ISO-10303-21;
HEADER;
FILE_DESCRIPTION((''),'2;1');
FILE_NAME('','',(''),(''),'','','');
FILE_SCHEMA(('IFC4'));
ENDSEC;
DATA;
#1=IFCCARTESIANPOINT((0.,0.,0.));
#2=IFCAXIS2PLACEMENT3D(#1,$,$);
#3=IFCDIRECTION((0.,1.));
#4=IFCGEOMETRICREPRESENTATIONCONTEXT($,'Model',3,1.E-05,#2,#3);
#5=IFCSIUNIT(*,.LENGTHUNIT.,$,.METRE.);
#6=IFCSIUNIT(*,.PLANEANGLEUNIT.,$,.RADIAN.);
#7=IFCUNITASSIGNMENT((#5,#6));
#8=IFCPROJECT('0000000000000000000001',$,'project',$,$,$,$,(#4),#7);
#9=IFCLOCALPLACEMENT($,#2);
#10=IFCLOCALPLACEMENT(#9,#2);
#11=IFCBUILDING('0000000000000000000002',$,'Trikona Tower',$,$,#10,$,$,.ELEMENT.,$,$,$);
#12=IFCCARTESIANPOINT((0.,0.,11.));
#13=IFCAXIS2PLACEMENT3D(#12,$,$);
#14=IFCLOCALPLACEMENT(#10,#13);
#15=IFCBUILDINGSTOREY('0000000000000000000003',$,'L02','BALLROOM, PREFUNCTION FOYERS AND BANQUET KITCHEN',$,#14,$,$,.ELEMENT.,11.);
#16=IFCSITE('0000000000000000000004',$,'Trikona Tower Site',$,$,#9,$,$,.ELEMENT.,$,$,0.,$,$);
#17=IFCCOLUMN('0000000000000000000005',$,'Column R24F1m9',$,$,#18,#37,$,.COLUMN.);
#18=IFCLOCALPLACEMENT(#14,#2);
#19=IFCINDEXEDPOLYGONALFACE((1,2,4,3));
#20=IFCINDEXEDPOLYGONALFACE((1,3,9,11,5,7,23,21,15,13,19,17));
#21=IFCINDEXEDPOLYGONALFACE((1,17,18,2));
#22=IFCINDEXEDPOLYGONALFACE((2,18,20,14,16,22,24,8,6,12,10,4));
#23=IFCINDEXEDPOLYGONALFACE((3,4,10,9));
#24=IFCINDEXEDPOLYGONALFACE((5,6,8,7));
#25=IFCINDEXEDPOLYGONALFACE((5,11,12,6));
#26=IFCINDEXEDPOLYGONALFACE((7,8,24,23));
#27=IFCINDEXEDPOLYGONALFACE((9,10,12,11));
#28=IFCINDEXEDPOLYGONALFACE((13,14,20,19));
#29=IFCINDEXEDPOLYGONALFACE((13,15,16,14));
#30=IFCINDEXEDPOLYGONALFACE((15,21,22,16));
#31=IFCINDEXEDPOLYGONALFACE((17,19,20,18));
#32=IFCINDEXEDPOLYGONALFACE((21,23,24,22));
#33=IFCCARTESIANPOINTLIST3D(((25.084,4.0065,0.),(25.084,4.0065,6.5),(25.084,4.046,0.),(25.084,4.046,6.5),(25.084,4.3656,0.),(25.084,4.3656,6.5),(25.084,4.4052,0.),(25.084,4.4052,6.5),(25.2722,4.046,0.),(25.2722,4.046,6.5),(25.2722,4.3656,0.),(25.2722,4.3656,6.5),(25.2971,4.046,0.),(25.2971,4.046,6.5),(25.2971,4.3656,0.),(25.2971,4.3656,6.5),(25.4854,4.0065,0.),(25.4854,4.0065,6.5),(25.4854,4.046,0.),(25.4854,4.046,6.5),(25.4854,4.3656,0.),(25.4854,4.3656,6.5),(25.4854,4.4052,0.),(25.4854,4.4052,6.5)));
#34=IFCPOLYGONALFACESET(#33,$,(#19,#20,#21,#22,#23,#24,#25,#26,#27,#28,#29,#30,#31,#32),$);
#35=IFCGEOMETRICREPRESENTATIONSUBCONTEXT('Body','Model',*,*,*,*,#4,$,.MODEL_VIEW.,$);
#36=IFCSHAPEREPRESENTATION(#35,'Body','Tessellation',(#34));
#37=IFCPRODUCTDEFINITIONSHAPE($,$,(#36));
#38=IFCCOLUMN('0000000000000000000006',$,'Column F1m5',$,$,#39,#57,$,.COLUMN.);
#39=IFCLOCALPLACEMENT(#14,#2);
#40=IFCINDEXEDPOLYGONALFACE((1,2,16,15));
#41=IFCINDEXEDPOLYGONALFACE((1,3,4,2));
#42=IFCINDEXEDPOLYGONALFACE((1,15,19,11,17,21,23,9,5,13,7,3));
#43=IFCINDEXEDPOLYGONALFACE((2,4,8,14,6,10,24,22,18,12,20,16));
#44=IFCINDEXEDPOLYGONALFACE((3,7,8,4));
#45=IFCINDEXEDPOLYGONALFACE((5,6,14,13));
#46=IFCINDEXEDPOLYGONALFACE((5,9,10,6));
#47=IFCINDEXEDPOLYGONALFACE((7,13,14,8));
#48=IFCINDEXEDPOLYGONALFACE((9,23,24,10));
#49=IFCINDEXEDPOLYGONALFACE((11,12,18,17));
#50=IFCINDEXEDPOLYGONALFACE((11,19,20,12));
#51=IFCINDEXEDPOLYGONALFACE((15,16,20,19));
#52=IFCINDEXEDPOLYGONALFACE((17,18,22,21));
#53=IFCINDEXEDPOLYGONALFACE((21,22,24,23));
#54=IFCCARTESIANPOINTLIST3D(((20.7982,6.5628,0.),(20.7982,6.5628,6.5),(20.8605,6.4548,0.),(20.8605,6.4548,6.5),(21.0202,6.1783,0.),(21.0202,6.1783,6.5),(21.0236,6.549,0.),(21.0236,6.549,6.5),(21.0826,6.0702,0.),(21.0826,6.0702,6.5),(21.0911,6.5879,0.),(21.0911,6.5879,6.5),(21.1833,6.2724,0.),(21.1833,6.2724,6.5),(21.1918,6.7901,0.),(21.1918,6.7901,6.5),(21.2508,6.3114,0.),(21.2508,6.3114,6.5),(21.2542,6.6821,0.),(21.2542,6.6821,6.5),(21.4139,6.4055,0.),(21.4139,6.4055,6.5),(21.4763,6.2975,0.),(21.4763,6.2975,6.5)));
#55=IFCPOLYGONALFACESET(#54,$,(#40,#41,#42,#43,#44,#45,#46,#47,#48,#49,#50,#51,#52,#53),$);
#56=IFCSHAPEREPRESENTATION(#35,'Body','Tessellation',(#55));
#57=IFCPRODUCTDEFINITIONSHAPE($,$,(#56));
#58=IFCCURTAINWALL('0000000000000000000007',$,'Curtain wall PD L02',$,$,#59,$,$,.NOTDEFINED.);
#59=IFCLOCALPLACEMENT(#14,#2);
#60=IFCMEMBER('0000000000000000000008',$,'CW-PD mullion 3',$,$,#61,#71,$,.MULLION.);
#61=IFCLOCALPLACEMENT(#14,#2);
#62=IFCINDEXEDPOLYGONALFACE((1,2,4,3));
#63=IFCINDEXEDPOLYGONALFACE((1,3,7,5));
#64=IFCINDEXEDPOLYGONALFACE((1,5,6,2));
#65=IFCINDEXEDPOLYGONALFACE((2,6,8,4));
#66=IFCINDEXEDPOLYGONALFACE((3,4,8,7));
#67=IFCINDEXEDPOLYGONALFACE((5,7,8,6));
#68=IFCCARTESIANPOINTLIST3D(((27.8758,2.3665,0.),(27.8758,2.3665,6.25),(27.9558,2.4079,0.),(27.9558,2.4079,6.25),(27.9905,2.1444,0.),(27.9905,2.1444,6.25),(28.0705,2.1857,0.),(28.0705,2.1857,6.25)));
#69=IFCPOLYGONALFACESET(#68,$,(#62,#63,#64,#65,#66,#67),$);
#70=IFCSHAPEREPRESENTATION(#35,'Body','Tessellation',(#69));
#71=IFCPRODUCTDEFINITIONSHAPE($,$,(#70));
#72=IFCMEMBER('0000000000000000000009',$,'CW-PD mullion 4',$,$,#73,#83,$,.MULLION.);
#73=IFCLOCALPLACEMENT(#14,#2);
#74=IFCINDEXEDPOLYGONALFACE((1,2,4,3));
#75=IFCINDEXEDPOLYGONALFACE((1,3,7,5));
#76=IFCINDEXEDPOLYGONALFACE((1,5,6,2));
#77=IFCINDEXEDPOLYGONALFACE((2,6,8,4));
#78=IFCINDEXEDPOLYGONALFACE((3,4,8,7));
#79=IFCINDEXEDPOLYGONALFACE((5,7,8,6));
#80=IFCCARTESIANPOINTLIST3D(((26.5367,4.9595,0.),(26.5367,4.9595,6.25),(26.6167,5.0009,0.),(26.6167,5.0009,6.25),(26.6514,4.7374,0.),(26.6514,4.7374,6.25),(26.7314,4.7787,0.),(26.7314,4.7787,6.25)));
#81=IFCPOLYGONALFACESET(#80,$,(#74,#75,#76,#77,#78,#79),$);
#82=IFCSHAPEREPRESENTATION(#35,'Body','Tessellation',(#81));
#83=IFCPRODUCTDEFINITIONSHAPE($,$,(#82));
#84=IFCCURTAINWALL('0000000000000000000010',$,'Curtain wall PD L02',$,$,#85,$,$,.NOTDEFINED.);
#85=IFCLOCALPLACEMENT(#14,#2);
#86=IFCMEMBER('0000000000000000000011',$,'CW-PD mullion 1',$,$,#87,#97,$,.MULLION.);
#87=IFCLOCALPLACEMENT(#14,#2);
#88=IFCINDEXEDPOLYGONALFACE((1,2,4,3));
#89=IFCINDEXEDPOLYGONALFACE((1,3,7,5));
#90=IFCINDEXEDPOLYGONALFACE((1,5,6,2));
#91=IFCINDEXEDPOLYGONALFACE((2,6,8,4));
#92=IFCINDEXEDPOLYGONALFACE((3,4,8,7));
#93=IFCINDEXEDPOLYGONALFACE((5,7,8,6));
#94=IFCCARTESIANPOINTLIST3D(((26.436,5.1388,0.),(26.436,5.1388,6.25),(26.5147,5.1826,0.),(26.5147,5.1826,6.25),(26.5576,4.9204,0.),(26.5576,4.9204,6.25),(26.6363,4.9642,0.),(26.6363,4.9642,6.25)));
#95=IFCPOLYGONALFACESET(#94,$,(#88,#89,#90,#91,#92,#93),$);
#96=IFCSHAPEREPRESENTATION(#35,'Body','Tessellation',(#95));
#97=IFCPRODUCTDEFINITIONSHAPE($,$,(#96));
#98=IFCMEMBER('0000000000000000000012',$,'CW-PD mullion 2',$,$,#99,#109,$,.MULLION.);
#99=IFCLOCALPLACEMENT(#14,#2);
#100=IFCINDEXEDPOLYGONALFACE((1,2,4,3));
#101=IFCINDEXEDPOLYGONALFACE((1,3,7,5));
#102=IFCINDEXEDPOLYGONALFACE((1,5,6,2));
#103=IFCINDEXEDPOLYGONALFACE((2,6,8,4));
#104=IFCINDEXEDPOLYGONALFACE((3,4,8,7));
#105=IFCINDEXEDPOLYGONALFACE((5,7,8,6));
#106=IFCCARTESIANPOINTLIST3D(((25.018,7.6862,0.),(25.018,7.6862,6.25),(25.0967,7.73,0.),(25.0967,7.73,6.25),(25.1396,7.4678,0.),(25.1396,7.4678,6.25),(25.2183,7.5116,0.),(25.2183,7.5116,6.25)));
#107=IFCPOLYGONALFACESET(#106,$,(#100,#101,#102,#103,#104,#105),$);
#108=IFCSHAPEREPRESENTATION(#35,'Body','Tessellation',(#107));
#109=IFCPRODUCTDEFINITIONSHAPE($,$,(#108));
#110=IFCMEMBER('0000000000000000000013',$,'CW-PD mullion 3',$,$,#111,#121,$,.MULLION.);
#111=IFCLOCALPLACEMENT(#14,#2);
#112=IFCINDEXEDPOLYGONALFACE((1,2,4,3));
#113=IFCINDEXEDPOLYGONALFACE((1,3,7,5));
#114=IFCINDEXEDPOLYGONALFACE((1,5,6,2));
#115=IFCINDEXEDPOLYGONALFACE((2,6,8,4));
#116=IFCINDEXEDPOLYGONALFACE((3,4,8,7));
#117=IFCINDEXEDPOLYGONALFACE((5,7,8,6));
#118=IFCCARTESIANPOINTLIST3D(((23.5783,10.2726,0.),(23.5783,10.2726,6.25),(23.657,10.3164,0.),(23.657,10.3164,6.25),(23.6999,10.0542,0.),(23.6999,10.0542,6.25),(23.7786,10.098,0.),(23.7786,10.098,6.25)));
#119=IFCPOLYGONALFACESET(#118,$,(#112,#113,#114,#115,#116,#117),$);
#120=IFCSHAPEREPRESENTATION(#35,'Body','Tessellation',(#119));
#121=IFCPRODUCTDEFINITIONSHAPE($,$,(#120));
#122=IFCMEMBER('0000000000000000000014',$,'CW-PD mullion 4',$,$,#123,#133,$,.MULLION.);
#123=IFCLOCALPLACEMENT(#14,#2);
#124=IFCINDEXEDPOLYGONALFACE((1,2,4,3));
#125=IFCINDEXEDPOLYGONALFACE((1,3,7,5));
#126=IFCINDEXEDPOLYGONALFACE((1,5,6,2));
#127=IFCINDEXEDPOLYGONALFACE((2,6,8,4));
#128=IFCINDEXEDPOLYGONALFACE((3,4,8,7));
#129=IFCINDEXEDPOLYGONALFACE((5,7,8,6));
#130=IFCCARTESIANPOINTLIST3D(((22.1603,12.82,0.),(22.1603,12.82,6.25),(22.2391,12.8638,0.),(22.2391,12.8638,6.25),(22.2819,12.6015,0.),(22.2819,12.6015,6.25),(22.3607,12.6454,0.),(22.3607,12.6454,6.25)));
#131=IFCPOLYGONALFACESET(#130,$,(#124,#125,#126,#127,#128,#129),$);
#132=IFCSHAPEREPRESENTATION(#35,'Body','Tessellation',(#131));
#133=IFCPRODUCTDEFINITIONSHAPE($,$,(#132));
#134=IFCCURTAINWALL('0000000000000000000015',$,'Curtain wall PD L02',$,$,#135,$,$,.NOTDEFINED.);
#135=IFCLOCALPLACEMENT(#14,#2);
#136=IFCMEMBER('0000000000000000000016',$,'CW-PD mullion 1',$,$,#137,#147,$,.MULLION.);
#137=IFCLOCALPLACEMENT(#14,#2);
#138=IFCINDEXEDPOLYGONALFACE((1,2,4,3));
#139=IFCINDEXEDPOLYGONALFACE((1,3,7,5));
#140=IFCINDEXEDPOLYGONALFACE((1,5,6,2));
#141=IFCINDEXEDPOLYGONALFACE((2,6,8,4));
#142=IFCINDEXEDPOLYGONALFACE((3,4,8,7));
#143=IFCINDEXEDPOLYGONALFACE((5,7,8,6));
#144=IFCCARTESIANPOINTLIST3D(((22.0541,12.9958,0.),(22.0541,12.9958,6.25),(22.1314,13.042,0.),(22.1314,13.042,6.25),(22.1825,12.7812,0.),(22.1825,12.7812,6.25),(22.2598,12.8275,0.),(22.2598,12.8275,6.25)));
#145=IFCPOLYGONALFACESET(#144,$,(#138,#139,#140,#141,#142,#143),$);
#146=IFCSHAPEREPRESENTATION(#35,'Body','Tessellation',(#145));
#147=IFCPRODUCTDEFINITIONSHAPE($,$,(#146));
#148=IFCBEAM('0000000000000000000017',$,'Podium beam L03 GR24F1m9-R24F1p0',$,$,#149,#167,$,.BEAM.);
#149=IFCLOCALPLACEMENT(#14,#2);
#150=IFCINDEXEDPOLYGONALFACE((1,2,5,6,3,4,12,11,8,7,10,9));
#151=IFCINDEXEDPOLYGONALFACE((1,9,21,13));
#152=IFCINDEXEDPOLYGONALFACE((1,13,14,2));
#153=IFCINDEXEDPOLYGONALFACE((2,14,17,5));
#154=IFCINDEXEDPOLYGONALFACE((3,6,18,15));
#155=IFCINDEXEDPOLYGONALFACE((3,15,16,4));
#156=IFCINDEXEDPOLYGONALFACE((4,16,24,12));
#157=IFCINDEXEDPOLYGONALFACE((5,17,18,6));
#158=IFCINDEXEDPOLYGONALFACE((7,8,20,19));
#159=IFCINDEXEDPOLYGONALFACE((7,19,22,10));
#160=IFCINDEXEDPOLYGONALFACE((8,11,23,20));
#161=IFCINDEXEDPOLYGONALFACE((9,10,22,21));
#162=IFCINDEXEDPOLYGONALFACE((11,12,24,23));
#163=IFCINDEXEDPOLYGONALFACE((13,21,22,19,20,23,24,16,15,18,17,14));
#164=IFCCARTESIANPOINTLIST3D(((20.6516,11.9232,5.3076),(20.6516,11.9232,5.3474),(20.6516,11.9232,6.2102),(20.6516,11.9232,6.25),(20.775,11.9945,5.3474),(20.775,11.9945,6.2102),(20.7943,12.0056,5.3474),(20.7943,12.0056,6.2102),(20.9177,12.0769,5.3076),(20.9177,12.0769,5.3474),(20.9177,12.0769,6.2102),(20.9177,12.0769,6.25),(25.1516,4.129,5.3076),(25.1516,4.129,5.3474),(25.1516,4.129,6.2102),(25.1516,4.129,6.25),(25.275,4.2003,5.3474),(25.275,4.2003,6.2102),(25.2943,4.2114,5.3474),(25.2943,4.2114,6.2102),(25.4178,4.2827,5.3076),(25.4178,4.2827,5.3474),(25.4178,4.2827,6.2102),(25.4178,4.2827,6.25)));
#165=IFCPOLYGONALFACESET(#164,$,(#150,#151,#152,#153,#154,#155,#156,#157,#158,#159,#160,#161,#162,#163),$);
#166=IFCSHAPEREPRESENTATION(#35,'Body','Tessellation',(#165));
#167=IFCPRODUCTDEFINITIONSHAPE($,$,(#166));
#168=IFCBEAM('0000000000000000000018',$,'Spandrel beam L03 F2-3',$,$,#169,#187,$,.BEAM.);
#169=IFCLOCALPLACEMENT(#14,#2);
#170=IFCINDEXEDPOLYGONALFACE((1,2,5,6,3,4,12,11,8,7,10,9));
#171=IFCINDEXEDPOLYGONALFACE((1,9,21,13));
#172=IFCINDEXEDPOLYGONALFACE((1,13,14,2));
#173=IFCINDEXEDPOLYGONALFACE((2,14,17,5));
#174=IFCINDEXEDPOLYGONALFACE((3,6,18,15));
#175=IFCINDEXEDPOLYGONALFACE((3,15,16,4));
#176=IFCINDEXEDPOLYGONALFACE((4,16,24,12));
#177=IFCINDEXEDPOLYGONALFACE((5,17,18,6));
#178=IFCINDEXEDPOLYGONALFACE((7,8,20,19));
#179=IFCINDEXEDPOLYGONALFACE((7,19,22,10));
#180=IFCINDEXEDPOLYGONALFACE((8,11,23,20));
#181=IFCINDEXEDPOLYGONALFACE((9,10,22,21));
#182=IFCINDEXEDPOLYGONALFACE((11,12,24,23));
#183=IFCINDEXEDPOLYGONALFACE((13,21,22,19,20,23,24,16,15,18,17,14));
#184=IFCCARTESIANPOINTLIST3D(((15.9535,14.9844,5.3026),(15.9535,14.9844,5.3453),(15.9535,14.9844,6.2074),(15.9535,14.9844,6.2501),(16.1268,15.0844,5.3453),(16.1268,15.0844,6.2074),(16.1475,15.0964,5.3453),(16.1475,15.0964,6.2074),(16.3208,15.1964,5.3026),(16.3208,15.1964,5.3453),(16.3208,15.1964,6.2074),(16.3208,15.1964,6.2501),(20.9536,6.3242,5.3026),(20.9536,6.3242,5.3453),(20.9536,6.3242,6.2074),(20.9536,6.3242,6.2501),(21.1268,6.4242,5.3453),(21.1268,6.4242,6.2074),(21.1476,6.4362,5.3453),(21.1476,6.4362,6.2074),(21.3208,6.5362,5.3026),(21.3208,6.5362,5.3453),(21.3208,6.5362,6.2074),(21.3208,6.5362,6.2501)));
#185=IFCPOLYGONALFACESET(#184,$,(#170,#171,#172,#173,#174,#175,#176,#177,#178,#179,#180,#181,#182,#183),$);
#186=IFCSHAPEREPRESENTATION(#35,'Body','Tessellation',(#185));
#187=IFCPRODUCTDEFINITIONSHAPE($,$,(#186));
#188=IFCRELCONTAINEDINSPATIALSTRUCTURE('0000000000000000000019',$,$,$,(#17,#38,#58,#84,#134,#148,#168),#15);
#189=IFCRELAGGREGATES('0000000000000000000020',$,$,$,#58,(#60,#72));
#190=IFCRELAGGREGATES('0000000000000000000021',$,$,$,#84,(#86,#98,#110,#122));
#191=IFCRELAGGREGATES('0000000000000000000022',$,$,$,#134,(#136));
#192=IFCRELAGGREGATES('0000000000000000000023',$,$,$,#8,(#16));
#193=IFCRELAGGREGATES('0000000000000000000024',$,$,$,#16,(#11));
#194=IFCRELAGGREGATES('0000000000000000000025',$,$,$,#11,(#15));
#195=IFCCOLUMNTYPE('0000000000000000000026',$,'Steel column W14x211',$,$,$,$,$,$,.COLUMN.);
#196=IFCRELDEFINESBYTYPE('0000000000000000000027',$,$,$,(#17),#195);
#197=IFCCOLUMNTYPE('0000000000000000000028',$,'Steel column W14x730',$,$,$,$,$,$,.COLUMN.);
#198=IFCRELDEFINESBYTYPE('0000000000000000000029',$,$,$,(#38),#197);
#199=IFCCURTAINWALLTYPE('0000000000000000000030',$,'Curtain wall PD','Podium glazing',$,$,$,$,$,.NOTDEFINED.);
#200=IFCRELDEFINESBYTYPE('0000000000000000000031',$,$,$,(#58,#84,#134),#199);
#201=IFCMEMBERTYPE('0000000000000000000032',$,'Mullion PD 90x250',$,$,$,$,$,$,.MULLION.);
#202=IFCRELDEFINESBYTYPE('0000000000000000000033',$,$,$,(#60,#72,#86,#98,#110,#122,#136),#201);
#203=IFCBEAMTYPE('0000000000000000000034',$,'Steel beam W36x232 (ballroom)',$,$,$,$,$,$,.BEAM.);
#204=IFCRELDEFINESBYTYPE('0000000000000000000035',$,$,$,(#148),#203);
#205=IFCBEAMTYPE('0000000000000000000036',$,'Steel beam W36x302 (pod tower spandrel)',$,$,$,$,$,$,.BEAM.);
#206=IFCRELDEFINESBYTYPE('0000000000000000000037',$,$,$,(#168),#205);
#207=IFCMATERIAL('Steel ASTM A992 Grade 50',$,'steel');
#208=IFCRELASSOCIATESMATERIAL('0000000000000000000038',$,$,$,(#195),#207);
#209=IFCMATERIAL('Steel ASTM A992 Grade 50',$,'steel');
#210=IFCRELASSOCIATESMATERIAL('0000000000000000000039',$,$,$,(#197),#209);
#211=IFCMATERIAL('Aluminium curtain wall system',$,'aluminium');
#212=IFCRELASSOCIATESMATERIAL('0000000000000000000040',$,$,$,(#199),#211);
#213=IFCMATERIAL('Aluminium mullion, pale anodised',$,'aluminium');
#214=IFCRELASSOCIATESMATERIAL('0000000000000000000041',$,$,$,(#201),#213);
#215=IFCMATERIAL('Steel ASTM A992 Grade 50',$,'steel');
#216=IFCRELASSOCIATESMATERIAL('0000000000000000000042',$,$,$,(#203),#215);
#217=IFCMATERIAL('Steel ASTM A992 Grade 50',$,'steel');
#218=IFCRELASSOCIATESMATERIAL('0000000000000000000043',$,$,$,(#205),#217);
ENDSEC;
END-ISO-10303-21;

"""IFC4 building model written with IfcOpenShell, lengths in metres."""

from ifc_helpers import new_model, si_unit, direction, frame, origin, origin_2d, place, context, subcontext, project, spatial, rectangle, i_section, extrude, material, material_profile, profile_set, type_object, element, aggregate, save


model = new_model("IFC4")

# Units and contexts
model_context = context("Model", 3, precision=1e-05, world=origin(), true_north=direction((0.0, 1.0)))
body_context = subcontext(model_context, "Body", "Model", "MODEL_VIEW")
ifc_project = project(units=[si_unit("LENGTHUNIT", "METRE"), si_unit("PLANEANGLEUNIT", "RADIAN")], contexts=[model_context])

# Site, building, storey
site_placement = place(None, origin())
site = spatial("IfcSite", under=ifc_project, at=site_placement, Name="Trikona Tower Site", CompositionType="ELEMENT", RefElevation=0.0)
building_placement = place(site_placement, origin())
building = spatial("IfcBuilding", under=site, at=building_placement, Name="Trikona Tower", CompositionType="ELEMENT")
storey_placement = place(building_placement, frame((0.0, 0.0, 11.0)))
storey = spatial("IfcBuildingStorey", under=building, at=storey_placement, Name="L02", Description="BALLROOM, PREFUNCTION FOYERS AND BANQUET KITCHEN", CompositionType="ELEMENT", Elevation=11.0)

# Columns
ifc_material_1 = material(Name="Steel ASTM A992 Grade 50", Category="steel")
ifc_material_profile_1 = material_profile(ifc_material_1, i_section(OverallWidth=0.4014, OverallDepth=0.3987, WebThickness=0.0249, FlangeThickness=0.0396, at=origin_2d()), Name="W14X211")
ifc_profile_set_1 = profile_set([ifc_material_profile_1], Name="Steel ASTM A992 Grade 50")
column_type_1 = type_object("IfcColumnType", Name="Steel column W14x211", PredefinedType="COLUMN", material=ifc_profile_set_1)
column_1_placement = place(storey_placement, frame((25.2847, 4.2058, 0.0), z_axis=(0.0, 0.0, 1.0), x_axis=(1.0, 0.0, 0.0)))
element("IfcColumn", 1, at=column_1_placement, inside=storey, type_object=column_type_1, Name="Column R24F1m9", PredefinedType="COLUMN", context=body_context, shape_type="SweptSolid", body=[
    extrude(i_section(OverallWidth=0.4014, OverallDepth=0.3987, WebThickness=0.0249, FlangeThickness=0.0396, at=origin_2d()), origin(), (0.0, 0.0, 1.0), 6.5),
])
ifc_material_2 = material(Name="Steel ASTM A992 Grade 50", Category="steel")
ifc_material_profile_2 = material_profile(ifc_material_2, i_section(OverallWidth=0.4546, OverallDepth=0.5688, WebThickness=0.0779, FlangeThickness=0.1248, at=origin_2d()), Name="W14X730")
ifc_profile_set_2 = profile_set([ifc_material_profile_2], Name="Steel ASTM A992 Grade 50")
column_type_2 = type_object("IfcColumnType", Name="Steel column W14x730", PredefinedType="COLUMN", material=ifc_profile_set_2)
column_2_placement = place(storey_placement, frame((21.1372, 6.4302, 0.0), z_axis=(0.0, 0.0, 1.0), x_axis=(0.866025, 0.5, 0.0)))
element("IfcColumn", 2, at=column_2_placement, inside=storey, type_object=column_type_2, Name="Column F1m5", PredefinedType="COLUMN", context=body_context, shape_type="SweptSolid", body=[
    extrude(i_section(OverallWidth=0.4546, OverallDepth=0.5688, WebThickness=0.0779, FlangeThickness=0.1248, at=origin_2d()), origin(), (0.0, 0.0, 1.0), 6.5),
])

# Curtain walls, members
ifc_material_3 = material(Name="Aluminium curtain wall system", Category="aluminium")
curtain_wall_type = type_object("IfcCurtainWallType", Name="Curtain wall PD", Description="Podium glazing", PredefinedType="NOTDEFINED", material=ifc_material_3)
curtain_wall_1_placement = place(storey_placement, origin())
curtain_wall_1 = element("IfcCurtainWall", 3, at=curtain_wall_1_placement, inside=storey, type_object=curtain_wall_type, Name="Curtain wall PD L02", PredefinedType="NOTDEFINED")
ifc_material_4 = material(Name="Aluminium mullion, pale anodised", Category="aluminium")
ifc_material_profile_3 = material_profile(ifc_material_4, rectangle(XDim=0.0901, YDim=0.25, at=origin_2d()), Name="MUL-PD")
ifc_profile_set_3 = profile_set([ifc_material_profile_3], Name="Aluminium mullion, pale anodised")
member_type_1 = type_object("IfcMemberType", Name="Mullion PD 90x250", PredefinedType="MULLION", material=ifc_profile_set_3)
member_1_placement = place(storey_placement, frame((27.9731, 2.2761, 0.0), z_axis=(0.0, 0.0, 1.0), x_axis=(-0.888525, -0.458829, 0.0)))
member_1 = element("IfcMember", 4, at=member_1_placement, type_object=member_type_1, Name="CW-PD mullion 3", PredefinedType="MULLION", context=body_context, shape_type="SweptSolid", body=[
    extrude(rectangle(XDim=0.0901, YDim=0.25, at=origin_2d()), origin(), (0.0, 0.0, 1.0), 6.25),
])
member_2_placement = place(storey_placement, frame((26.634, 4.8691, 0.0), z_axis=(0.0, 0.0, 1.0), x_axis=(-0.888525, -0.458829, 0.0)))
member_2 = element("IfcMember", 5, at=member_2_placement, type_object=member_type_1, Name="CW-PD mullion 4", PredefinedType="MULLION", context=body_context, shape_type="SweptSolid", body=[
    extrude(rectangle(XDim=0.0901, YDim=0.25, at=origin_2d()), origin(), (0.0, 0.0, 1.0), 6.25),
])
curtain_wall_2_placement = place(storey_placement, origin())
curtain_wall_2 = element("IfcCurtainWall", 6, at=curtain_wall_2_placement, inside=storey, type_object=curtain_wall_type, Name="Curtain wall PD L02", PredefinedType="NOTDEFINED")
member_3_placement = place(storey_placement, frame((26.5361, 5.0515, 0.0), z_axis=(0.0, 0.0, 1.0), x_axis=(-0.873743, -0.486388, 0.0)))
member_3 = element("IfcMember", 7, at=member_3_placement, type_object=member_type_1, Name="CW-PD mullion 1", PredefinedType="MULLION", context=body_context, shape_type="SweptSolid", body=[
    extrude(rectangle(XDim=0.0901, YDim=0.25, at=origin_2d()), origin(), (0.0, 0.0, 1.0), 6.25),
])
member_4_placement = place(storey_placement, frame((25.1182, 7.5989, 0.0), z_axis=(0.0, 0.0, 1.0), x_axis=(-0.873743, -0.486388, 0.0)))
member_4 = element("IfcMember", 8, at=member_4_placement, type_object=member_type_1, Name="CW-PD mullion 2", PredefinedType="MULLION", context=body_context, shape_type="SweptSolid", body=[
    extrude(rectangle(XDim=0.0901, YDim=0.25, at=origin_2d()), origin(), (0.0, 0.0, 1.0), 6.25),
])
member_5_placement = place(storey_placement, frame((23.6785, 10.1853, 0.0), z_axis=(0.0, 0.0, 1.0), x_axis=(-0.873743, -0.486388, 0.0)))
member_5 = element("IfcMember", 9, at=member_5_placement, type_object=member_type_1, Name="CW-PD mullion 3", PredefinedType="MULLION", context=body_context, shape_type="SweptSolid", body=[
    extrude(rectangle(XDim=0.0901, YDim=0.25, at=origin_2d()), origin(), (0.0, 0.0, 1.0), 6.25),
])
member_6_placement = place(storey_placement, frame((22.2605, 12.7327, 0.0), z_axis=(0.0, 0.0, 1.0), x_axis=(-0.873743, -0.486388, 0.0)))
member_6 = element("IfcMember", 10, at=member_6_placement, type_object=member_type_1, Name="CW-PD mullion 4", PredefinedType="MULLION", context=body_context, shape_type="SweptSolid", body=[
    extrude(rectangle(XDim=0.0901, YDim=0.25, at=origin_2d()), origin(), (0.0, 0.0, 1.0), 6.25),
])

# Curtain wall, member
curtain_wall_3_placement = place(storey_placement, origin())
curtain_wall_3 = element("IfcCurtainWall", 11, at=curtain_wall_3_placement, inside=storey, type_object=curtain_wall_type, Name="Curtain wall PD L02", PredefinedType="NOTDEFINED")
member_7_placement = place(storey_placement, frame((22.157, 12.9116, 0.0), z_axis=(0.0, 0.0, 1.0), x_axis=(-0.858095, -0.51349, 0.0)))
member_7 = element("IfcMember", 12, at=member_7_placement, type_object=member_type_1, Name="CW-PD mullion 1", PredefinedType="MULLION", context=body_context, shape_type="SweptSolid", body=[
    extrude(rectangle(XDim=0.0901, YDim=0.25, at=origin_2d()), origin(), (0.0, 0.0, 1.0), 6.25),
])

# Beams
ifc_material_5 = material(Name="Steel ASTM A992 Grade 50", Category="steel")
ifc_material_profile_4 = material_profile(ifc_material_5, i_section(OverallWidth=0.3074, OverallDepth=0.9424, WebThickness=0.0222, FlangeThickness=0.0398, at=origin_2d()), Name="W36X232")
ifc_profile_set_4 = profile_set([ifc_material_profile_4], Name="Steel ASTM A992 Grade 50")
beam_type_1 = type_object("IfcBeamType", Name="Steel beam W36x232 (ballroom)", PredefinedType="BEAM", material=ifc_profile_set_4)
beam_1_placement = place(storey_placement, frame((25.2847, 4.2058, 5.7788), z_axis=(-0.500002, 0.866024, 0.0), x_axis=(-0.866024, -0.500002, 0.0)))
element("IfcBeam", 13, at=beam_1_placement, inside=storey, type_object=beam_type_1, Name="Podium beam L03 GR24F1m9-R24F1p0", PredefinedType="BEAM", context=body_context, shape_type="SweptSolid", body=[
    extrude(i_section(OverallWidth=0.3074, OverallDepth=0.9424, WebThickness=0.0222, FlangeThickness=0.0398, at=origin_2d()), origin(), (0.0, 0.0, 1.0), 9.0),
])
ifc_material_6 = material(Name="Steel ASTM A992 Grade 50", Category="steel")
ifc_material_profile_5 = material_profile(ifc_material_6, i_section(OverallWidth=0.4241, OverallDepth=0.9475, WebThickness=0.0239, FlangeThickness=0.0427, at=origin_2d()), Name="W36X302")
ifc_profile_set_5 = profile_set([ifc_material_profile_5], Name="Steel ASTM A992 Grade 50")
beam_type_2 = type_object("IfcBeamType", Name="Steel beam W36x302 (pod tower spandrel)", PredefinedType="BEAM", material=ifc_profile_set_5)
beam_2_placement = place(storey_placement, frame((21.1372, 6.4302, 5.7764), z_axis=(-0.500004, 0.866023, 0.0), x_axis=(-0.866023, -0.500004, 0.0)))
element("IfcBeam", 14, at=beam_2_placement, inside=storey, type_object=beam_type_2, Name="Spandrel beam L03 F2-3", PredefinedType="BEAM", context=body_context, shape_type="SweptSolid", body=[
    extrude(i_section(OverallWidth=0.4241, OverallDepth=0.9475, WebThickness=0.0239, FlangeThickness=0.0427, at=origin_2d()), origin(), (0.0, 0.0, 1.0), 10.0),
])

aggregate(curtain_wall_1, [member_1, member_2])
aggregate(curtain_wall_2, [member_3, member_4, member_5, member_6])
aggregate(curtain_wall_3, [member_7])

save(model, "model.ifc")
